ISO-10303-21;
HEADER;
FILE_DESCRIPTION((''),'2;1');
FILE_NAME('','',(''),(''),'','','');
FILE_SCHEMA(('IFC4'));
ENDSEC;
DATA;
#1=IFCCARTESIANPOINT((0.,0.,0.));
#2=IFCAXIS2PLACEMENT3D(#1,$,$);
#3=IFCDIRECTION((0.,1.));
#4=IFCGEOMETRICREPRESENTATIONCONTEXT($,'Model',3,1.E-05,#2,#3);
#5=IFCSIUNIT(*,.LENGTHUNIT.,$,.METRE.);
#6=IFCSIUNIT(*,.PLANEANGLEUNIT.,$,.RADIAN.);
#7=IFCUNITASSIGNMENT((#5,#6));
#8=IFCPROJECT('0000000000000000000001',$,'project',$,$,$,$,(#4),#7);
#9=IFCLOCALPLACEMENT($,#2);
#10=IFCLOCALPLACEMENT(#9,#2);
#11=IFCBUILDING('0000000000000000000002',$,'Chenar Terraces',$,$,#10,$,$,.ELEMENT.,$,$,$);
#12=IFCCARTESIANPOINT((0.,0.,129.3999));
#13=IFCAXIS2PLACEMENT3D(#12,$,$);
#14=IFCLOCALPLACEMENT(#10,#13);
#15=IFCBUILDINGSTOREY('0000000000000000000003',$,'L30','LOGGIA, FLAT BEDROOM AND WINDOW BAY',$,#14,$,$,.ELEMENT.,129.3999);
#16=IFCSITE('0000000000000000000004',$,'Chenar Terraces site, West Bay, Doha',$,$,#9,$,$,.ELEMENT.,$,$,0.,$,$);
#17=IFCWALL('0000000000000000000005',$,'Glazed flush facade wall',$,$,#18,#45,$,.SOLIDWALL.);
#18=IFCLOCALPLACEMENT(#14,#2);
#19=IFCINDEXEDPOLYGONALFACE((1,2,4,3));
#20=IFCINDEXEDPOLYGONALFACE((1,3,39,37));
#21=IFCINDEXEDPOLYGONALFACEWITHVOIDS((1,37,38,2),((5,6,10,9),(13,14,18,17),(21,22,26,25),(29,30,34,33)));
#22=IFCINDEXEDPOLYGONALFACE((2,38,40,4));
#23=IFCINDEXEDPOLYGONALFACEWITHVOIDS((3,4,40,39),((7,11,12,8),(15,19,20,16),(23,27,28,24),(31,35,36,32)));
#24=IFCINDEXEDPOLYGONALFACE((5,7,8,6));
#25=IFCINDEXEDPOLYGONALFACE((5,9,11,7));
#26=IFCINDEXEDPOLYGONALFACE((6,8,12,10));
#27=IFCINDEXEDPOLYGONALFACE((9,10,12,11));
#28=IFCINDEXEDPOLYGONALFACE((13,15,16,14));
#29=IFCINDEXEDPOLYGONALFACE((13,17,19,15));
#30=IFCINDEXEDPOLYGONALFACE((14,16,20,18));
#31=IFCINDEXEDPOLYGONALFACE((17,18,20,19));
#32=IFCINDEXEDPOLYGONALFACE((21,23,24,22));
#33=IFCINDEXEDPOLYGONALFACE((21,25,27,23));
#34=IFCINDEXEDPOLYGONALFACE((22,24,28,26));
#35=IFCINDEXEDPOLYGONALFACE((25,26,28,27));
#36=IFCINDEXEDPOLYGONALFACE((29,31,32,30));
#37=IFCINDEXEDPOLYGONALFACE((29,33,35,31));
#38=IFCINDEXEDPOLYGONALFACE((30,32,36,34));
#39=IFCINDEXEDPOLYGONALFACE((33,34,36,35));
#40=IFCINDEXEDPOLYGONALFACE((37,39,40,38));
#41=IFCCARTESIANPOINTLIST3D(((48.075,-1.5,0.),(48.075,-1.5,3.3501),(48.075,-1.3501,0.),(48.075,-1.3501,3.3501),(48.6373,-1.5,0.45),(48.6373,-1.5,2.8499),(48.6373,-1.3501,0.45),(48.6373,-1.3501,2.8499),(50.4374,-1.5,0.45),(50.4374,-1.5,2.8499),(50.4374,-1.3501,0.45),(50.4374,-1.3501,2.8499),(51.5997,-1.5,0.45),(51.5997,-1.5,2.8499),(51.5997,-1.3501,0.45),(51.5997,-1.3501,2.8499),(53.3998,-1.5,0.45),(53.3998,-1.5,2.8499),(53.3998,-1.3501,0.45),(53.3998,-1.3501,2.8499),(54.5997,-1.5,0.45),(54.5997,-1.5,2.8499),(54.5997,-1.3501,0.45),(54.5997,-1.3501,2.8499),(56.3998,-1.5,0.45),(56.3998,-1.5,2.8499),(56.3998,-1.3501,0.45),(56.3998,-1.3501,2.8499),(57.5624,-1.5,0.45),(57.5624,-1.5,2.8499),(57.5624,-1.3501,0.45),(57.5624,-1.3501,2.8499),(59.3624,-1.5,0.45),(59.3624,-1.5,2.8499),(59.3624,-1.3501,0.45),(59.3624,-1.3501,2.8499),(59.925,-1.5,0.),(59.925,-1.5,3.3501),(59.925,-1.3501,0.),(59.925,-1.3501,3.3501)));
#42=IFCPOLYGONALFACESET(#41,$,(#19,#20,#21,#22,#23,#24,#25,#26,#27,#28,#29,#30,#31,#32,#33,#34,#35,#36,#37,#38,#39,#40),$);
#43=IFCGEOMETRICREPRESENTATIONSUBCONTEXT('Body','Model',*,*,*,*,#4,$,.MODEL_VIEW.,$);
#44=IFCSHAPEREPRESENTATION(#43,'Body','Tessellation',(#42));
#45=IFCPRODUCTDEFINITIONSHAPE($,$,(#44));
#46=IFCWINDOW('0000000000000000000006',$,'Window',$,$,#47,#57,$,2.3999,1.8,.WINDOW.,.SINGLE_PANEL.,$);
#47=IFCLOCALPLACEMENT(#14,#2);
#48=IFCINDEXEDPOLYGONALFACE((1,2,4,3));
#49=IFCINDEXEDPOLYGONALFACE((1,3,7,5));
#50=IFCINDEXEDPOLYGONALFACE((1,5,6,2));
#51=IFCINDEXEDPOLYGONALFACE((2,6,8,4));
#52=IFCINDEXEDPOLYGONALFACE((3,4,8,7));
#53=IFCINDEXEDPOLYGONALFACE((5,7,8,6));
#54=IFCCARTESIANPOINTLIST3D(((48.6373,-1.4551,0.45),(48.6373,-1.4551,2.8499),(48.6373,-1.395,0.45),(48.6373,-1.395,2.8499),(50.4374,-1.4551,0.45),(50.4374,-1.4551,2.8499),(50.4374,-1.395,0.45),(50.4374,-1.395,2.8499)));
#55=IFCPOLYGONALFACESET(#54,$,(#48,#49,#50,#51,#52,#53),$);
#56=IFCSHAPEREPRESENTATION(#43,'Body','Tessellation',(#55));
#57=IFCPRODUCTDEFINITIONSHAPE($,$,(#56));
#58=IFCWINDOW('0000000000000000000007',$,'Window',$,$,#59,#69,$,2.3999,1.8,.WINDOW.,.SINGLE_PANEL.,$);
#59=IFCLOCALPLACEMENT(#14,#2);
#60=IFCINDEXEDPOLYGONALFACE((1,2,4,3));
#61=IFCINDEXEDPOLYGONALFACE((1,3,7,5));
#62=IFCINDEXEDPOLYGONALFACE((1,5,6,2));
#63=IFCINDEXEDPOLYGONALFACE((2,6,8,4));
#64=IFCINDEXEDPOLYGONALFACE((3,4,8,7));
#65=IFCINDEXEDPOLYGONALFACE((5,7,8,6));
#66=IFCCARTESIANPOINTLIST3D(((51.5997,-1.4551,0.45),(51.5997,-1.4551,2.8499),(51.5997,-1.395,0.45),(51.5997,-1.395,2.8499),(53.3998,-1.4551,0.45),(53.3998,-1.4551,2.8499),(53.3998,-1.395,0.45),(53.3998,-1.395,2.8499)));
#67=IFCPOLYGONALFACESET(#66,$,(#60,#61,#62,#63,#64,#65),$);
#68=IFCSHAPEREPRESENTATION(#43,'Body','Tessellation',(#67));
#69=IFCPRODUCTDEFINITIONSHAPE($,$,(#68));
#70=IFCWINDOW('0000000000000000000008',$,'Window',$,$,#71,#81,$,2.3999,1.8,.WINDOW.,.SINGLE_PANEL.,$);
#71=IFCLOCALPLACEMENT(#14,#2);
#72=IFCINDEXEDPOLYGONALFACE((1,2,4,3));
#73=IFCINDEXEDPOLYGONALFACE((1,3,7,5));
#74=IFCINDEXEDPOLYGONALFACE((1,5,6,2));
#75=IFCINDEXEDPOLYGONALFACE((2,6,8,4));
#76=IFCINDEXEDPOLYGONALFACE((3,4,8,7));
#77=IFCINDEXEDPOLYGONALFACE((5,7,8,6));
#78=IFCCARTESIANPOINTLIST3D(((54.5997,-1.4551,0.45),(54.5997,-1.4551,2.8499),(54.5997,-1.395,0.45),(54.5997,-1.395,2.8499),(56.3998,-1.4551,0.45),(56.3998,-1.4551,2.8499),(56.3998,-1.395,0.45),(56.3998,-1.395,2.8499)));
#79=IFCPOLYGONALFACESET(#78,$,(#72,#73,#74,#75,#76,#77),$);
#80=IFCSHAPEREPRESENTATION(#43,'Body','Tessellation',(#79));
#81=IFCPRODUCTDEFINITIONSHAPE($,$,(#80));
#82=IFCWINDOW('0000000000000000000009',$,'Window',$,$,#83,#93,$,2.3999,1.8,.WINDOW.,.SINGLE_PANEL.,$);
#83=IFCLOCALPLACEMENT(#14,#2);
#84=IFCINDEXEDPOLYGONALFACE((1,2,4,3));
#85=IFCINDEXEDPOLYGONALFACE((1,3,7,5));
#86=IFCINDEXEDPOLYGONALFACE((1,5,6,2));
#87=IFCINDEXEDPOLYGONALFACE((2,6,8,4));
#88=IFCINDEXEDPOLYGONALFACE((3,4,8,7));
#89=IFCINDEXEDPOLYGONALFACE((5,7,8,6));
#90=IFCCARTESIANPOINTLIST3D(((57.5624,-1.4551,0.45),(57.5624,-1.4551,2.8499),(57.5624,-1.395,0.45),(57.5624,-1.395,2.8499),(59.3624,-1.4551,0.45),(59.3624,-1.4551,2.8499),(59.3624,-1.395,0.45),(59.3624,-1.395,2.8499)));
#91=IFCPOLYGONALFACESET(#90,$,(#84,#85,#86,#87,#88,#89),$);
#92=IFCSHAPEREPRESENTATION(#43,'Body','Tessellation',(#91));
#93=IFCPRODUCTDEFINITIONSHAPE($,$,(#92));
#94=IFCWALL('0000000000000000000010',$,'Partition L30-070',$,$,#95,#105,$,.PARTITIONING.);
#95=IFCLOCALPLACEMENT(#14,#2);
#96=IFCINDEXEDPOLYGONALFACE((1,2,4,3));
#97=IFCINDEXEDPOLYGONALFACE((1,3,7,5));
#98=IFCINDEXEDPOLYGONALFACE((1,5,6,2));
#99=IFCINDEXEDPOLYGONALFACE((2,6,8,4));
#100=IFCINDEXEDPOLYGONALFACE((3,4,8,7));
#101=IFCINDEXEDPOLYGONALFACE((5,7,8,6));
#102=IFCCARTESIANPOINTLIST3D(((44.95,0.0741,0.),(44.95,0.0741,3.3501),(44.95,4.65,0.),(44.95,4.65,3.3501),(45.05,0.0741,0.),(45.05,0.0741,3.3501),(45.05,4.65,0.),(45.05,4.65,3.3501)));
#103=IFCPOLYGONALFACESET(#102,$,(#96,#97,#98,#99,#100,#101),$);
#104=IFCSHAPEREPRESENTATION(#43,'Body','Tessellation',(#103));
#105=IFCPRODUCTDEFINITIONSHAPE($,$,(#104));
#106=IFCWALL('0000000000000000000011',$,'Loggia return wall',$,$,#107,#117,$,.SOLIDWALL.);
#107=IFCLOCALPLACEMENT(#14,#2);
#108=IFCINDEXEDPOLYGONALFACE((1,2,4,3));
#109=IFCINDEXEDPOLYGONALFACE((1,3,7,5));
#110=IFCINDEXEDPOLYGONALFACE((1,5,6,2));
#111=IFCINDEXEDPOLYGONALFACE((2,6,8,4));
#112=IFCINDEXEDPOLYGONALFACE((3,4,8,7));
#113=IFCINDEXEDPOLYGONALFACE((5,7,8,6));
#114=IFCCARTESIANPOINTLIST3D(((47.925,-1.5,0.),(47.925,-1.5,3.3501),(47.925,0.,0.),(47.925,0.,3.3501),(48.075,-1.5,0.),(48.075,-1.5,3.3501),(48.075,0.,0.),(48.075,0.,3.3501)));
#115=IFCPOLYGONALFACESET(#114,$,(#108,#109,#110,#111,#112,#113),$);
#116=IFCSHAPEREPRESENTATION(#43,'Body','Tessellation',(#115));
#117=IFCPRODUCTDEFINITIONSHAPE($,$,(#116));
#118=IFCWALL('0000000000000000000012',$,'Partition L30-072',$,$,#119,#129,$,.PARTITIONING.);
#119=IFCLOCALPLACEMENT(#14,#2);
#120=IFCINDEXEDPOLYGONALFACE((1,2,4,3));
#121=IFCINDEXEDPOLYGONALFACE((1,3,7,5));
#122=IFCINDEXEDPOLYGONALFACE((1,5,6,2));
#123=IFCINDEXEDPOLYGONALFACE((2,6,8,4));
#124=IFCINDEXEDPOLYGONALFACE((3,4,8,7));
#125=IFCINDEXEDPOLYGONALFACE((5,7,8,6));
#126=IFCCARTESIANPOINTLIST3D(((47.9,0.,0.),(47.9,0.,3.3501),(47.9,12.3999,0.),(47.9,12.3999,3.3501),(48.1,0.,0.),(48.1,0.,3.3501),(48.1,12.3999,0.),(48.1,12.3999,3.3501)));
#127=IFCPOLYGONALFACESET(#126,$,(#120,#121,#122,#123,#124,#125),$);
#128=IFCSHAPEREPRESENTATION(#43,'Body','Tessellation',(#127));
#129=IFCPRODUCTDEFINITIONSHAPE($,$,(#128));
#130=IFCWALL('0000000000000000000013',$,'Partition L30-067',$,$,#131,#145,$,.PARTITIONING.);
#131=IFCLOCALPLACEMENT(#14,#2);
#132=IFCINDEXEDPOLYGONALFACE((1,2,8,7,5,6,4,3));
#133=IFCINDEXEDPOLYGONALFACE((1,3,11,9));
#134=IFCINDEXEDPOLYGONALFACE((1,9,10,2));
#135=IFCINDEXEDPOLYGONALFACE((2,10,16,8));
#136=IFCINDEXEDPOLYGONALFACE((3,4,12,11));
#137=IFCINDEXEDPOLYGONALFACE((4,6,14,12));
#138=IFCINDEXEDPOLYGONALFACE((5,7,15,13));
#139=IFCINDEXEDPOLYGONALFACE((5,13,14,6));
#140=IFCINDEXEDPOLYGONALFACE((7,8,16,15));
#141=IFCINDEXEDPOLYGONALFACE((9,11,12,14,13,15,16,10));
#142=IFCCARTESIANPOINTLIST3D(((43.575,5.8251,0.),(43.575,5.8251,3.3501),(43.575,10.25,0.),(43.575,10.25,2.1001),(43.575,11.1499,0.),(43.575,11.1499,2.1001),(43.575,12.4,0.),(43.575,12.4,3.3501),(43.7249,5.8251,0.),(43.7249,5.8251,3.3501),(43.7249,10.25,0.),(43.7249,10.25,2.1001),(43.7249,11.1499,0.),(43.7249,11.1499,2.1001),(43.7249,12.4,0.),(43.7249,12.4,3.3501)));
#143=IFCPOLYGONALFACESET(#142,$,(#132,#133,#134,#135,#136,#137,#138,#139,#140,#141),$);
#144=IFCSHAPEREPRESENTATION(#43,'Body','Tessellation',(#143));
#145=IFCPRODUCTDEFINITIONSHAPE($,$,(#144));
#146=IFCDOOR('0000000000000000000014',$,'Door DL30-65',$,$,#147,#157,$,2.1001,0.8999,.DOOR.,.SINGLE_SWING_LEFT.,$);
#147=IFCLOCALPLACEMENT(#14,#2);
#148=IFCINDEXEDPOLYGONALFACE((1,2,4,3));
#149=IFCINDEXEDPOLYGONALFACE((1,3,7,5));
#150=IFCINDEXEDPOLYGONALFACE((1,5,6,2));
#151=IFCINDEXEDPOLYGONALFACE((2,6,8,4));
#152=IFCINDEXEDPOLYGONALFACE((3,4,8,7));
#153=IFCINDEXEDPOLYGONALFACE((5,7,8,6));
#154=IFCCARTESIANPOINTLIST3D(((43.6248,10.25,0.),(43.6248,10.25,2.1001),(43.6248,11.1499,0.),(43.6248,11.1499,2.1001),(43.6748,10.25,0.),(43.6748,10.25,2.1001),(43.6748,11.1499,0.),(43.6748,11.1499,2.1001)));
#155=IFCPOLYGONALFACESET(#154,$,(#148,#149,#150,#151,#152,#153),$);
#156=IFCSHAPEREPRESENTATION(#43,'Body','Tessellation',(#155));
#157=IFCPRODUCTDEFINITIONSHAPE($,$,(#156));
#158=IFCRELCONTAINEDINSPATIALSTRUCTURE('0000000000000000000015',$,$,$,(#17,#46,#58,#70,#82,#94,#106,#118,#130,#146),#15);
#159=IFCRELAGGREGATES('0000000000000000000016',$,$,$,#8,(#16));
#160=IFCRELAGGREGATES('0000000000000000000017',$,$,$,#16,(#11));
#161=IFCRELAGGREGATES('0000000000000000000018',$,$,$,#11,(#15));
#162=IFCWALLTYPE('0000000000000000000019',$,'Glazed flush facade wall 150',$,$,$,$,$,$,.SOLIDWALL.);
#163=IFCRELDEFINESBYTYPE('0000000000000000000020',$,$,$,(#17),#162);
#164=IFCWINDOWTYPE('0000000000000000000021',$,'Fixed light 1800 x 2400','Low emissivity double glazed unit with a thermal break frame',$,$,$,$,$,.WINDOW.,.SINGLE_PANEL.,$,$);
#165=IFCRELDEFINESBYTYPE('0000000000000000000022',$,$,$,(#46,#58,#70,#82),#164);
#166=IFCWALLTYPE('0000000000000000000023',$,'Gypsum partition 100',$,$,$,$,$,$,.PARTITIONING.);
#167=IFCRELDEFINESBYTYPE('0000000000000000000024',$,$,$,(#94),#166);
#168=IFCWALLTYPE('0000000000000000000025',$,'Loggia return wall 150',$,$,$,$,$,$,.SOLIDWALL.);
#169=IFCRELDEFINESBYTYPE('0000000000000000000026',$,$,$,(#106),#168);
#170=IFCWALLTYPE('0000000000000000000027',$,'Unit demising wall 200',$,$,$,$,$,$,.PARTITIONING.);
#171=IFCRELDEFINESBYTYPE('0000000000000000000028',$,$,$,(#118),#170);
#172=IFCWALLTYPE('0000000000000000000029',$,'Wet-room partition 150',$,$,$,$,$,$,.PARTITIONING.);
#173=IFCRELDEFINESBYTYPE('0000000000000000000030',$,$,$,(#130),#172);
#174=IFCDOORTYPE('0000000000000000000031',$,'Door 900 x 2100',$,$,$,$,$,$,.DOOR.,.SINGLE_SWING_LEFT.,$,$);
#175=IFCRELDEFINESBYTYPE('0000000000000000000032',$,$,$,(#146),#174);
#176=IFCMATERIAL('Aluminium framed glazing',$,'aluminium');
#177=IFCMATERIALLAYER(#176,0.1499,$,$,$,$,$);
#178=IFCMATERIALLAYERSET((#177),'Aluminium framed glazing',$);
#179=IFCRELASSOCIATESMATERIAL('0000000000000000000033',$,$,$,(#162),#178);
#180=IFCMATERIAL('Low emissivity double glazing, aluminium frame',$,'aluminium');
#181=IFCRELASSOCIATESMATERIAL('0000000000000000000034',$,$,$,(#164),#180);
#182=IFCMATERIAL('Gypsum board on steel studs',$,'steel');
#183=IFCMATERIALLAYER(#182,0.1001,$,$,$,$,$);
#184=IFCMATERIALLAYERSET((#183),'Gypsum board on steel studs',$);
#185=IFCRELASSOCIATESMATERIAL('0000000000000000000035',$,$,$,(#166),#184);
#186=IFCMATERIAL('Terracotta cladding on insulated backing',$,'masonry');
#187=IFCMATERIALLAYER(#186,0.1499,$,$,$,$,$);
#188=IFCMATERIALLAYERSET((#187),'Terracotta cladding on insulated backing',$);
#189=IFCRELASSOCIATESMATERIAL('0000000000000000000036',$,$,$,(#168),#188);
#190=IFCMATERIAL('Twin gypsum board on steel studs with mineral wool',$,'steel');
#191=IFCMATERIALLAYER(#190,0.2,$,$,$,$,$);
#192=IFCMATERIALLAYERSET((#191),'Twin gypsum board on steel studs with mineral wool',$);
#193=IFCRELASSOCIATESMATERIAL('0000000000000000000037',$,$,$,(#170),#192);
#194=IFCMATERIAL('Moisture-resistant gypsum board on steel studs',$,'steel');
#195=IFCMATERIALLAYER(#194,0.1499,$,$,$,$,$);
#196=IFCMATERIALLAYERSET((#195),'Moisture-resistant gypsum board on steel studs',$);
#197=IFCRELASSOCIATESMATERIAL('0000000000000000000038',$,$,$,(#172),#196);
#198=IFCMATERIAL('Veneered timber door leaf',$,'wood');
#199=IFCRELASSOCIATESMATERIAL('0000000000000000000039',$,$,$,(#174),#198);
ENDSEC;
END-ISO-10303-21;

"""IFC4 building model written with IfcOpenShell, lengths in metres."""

from ifc_helpers import new_model, si_unit, direction, frame, frame_2d, origin, place, context, subcontext, project, spatial, rectangle, extrude, material, layer, layer_set, type_object, element, fill, save


model = new_model("IFC4")

# Units and contexts
model_context = context("Model", 3, precision=1e-05, world=origin(), true_north=direction((0.0, 1.0)))
body_context = subcontext(model_context, "Body", "Model", "MODEL_VIEW")
ifc_project = project(units=[si_unit("LENGTHUNIT", "METRE"), si_unit("PLANEANGLEUNIT", "RADIAN")], contexts=[model_context])

# Site, building, storey
site_placement = place(None, origin())
site = spatial("IfcSite", under=ifc_project, at=site_placement, Name="Chenar Terraces site, West Bay, Doha", CompositionType="ELEMENT", RefElevation=0.0)
building_placement = place(site_placement, origin())
building = spatial("IfcBuilding", under=site, at=building_placement, Name="Chenar Terraces", CompositionType="ELEMENT")
storey_placement = place(building_placement, frame((0.0, 0.0, 129.3999)))
storey = spatial("IfcBuildingStorey", under=building, at=storey_placement, Name="L30", Description="LOGGIA, FLAT BEDROOM AND WINDOW BAY", CompositionType="ELEMENT", Elevation=129.3999)

# Wall, openings, windows
ifc_material_1 = material(Name="Aluminium framed glazing", Category="aluminium")
ifc_layer_1 = layer(ifc_material_1, 0.1499)
ifc_layer_set_1 = layer_set([ifc_layer_1], Name="Aluminium framed glazing")
wall_type_1 = type_object("IfcWallType", Name="Glazed flush facade wall 150", PredefinedType="SOLIDWALL", material=ifc_layer_set_1)
wall_1_placement = place(storey_placement, frame((48.075, -1.425, 0.0), z_axis=(0.0, 0.0, 1.0), x_axis=(1.0, 0.0, 0.0)))
wall_1 = element("IfcWall", 1, at=wall_1_placement, inside=storey, type_object=wall_type_1, Name="Glazed flush facade wall", PredefinedType="SOLIDWALL", context=body_context, shape_type="SweptSolid", body=[
    extrude(rectangle(XDim=11.8501, YDim=0.1499, at=frame_2d((5.925, 0.0))), origin(), (0.0, 0.0, 1.0), 3.3501),
])
opening_1_placement = place(wall_1_placement, frame((0.5625, 0.0, 0.45)))
opening_1 = element("IfcOpeningElement", 2, at=opening_1_placement, cuts=wall_1, PredefinedType="OPENING", context=body_context, shape_type="SweptSolid", body=[
    extrude(rectangle(XDim=1.8, YDim=2.3999, at=frame_2d((0.8999, 1.2))), frame((0.0, 0.085, 0.0), z_axis=(0.0, -1.0, 0.0), x_axis=(1.0, 0.0, 0.0)), (0.0, 0.0, 1.0), 0.1699),
])
opening_2_placement = place(wall_1_placement, frame((3.5249, 0.0, 0.45)))
opening_2 = element("IfcOpeningElement", 3, at=opening_2_placement, cuts=wall_1, PredefinedType="OPENING", context=body_context, shape_type="SweptSolid", body=[
    extrude(rectangle(XDim=1.8, YDim=2.3999, at=frame_2d((0.8999, 1.2))), frame((0.0, 0.085, 0.0), z_axis=(0.0, -1.0, 0.0), x_axis=(1.0, 0.0, 0.0)), (0.0, 0.0, 1.0), 0.1699),
])
opening_3_placement = place(wall_1_placement, frame((6.5249, 0.0, 0.45)))
opening_3 = element("IfcOpeningElement", 4, at=opening_3_placement, cuts=wall_1, PredefinedType="OPENING", context=body_context, shape_type="SweptSolid", body=[
    extrude(rectangle(XDim=1.8, YDim=2.3999, at=frame_2d((0.8999, 1.2))), frame((0.0, 0.085, 0.0), z_axis=(0.0, -1.0, 0.0), x_axis=(1.0, 0.0, 0.0)), (0.0, 0.0, 1.0), 0.1699),
])
opening_4_placement = place(wall_1_placement, frame((9.4875, 0.0, 0.45)))
opening_4 = element("IfcOpeningElement", 5, at=opening_4_placement, cuts=wall_1, PredefinedType="OPENING", context=body_context, shape_type="SweptSolid", body=[
    extrude(rectangle(XDim=1.8, YDim=2.3999, at=frame_2d((0.8999, 1.2))), frame((0.0, 0.085, 0.0), z_axis=(0.0, -1.0, 0.0), x_axis=(1.0, 0.0, 0.0)), (0.0, 0.0, 1.0), 0.1699),
])
ifc_material_2 = material(Name="Low emissivity double glazing, aluminium frame", Category="aluminium")
window_type = type_object("IfcWindowType", Name="Fixed light 1800 x 2400", Description="Low emissivity double glazed unit with a thermal break frame", PartitioningType="SINGLE_PANEL", PredefinedType="WINDOW", material=ifc_material_2)
window_1_placement = place(opening_1_placement, origin())
window_1 = element("IfcWindow", 6, at=window_1_placement, inside=storey, type_object=window_type, Name="Window", OverallHeight=2.3999, OverallWidth=1.8, PartitioningType="SINGLE_PANEL", PredefinedType="WINDOW", context=body_context, shape_type="SweptSolid", body=[
    extrude(rectangle(XDim=1.8, YDim=2.3999, at=frame_2d((0.8999, 1.2))), frame((0.0, 0.03, 0.0), z_axis=(0.0, -1.0, 0.0), x_axis=(1.0, 0.0, 0.0)), (0.0, 0.0, 1.0), 0.0601),
])
fill(opening_1, window_1)
window_2_placement = place(opening_2_placement, origin())
window_2 = element("IfcWindow", 7, at=window_2_placement, inside=storey, type_object=window_type, Name="Window", OverallHeight=2.3999, OverallWidth=1.8, PartitioningType="SINGLE_PANEL", PredefinedType="WINDOW", context=body_context, shape_type="SweptSolid", body=[
    extrude(rectangle(XDim=1.8, YDim=2.3999, at=frame_2d((0.8999, 1.2))), frame((0.0, 0.03, 0.0), z_axis=(0.0, -1.0, 0.0), x_axis=(1.0, 0.0, 0.0)), (0.0, 0.0, 1.0), 0.0601),
])
fill(opening_2, window_2)
window_3_placement = place(opening_3_placement, origin())
window_3 = element("IfcWindow", 8, at=window_3_placement, inside=storey, type_object=window_type, Name="Window", OverallHeight=2.3999, OverallWidth=1.8, PartitioningType="SINGLE_PANEL", PredefinedType="WINDOW", context=body_context, shape_type="SweptSolid", body=[
    extrude(rectangle(XDim=1.8, YDim=2.3999, at=frame_2d((0.8999, 1.2))), frame((0.0, 0.03, 0.0), z_axis=(0.0, -1.0, 0.0), x_axis=(1.0, 0.0, 0.0)), (0.0, 0.0, 1.0), 0.0601),
])
fill(opening_3, window_3)
window_4_placement = place(opening_4_placement, origin())
window_4 = element("IfcWindow", 9, at=window_4_placement, inside=storey, type_object=window_type, Name="Window", OverallHeight=2.3999, OverallWidth=1.8, PartitioningType="SINGLE_PANEL", PredefinedType="WINDOW", context=body_context, shape_type="SweptSolid", body=[
    extrude(rectangle(XDim=1.8, YDim=2.3999, at=frame_2d((0.8999, 1.2))), frame((0.0, 0.03, 0.0), z_axis=(0.0, -1.0, 0.0), x_axis=(1.0, 0.0, 0.0)), (0.0, 0.0, 1.0), 0.0601),
])
fill(opening_4, window_4)

# Walls
ifc_material_3 = material(Name="Gypsum board on steel studs", Category="steel")
ifc_layer_2 = layer(ifc_material_3, 0.1001)
ifc_layer_set_2 = layer_set([ifc_layer_2], Name="Gypsum board on steel studs")
wall_type_2 = type_object("IfcWallType", Name="Gypsum partition 100", PredefinedType="PARTITIONING", material=ifc_layer_set_2)
wall_2_placement = place(storey_placement, frame((45.0, 0.074, 0.0), z_axis=(0.0, 0.0, 1.0), x_axis=(0.0, 1.0, 0.0)))
element("IfcWall", 10, at=wall_2_placement, inside=storey, type_object=wall_type_2, Name="Partition L30-070", PredefinedType="PARTITIONING", context=body_context, shape_type="SweptSolid", body=[
    extrude(rectangle(XDim=4.5759, YDim=0.1001, at=frame_2d((2.2881, 0.0))), origin(), (0.0, 0.0, 1.0), 3.3501),
])
ifc_material_4 = material(Name="Terracotta cladding on insulated backing", Category="masonry")
ifc_layer_3 = layer(ifc_material_4, 0.1499)
ifc_layer_set_3 = layer_set([ifc_layer_3], Name="Terracotta cladding on insulated backing")
wall_type_3 = type_object("IfcWallType", Name="Loggia return wall 150", PredefinedType="SOLIDWALL", material=ifc_layer_set_3)
wall_3_placement = place(storey_placement, frame((48.0, -1.5, 0.0), z_axis=(0.0, 0.0, 1.0), x_axis=(0.0, 1.0, 0.0)))
element("IfcWall", 11, at=wall_3_placement, inside=storey, type_object=wall_type_3, Name="Loggia return wall", PredefinedType="SOLIDWALL", context=body_context, shape_type="SweptSolid", body=[
    extrude(rectangle(XDim=1.5, YDim=0.1499, at=frame_2d((0.75, 0.0))), origin(), (0.0, 0.0, 1.0), 3.3501),
])
ifc_material_5 = material(Name="Twin gypsum board on steel studs with mineral wool", Category="steel")
ifc_layer_4 = layer(ifc_material_5, 0.2)
ifc_layer_set_4 = layer_set([ifc_layer_4], Name="Twin gypsum board on steel studs with mineral wool")
wall_type_4 = type_object("IfcWallType", Name="Unit demising wall 200", PredefinedType="PARTITIONING", material=ifc_layer_set_4)
wall_4_placement = place(storey_placement, frame((48.0, 0.0, 0.0), z_axis=(0.0, 0.0, 1.0), x_axis=(0.0, 1.0, 0.0)))
element("IfcWall", 12, at=wall_4_placement, inside=storey, type_object=wall_type_4, Name="Partition L30-072", PredefinedType="PARTITIONING", context=body_context, shape_type="SweptSolid", body=[
    extrude(rectangle(XDim=12.3999, YDim=0.2, at=frame_2d((6.2, 0.0))), origin(), (0.0, 0.0, 1.0), 3.3501),
])

# Wall, opening, door
ifc_material_6 = material(Name="Moisture-resistant gypsum board on steel studs", Category="steel")
ifc_layer_5 = layer(ifc_material_6, 0.1499)
ifc_layer_set_5 = layer_set([ifc_layer_5], Name="Moisture-resistant gypsum board on steel studs")
wall_type_5 = type_object("IfcWallType", Name="Wet-room partition 150", PredefinedType="PARTITIONING", material=ifc_layer_set_5)
wall_5_placement = place(storey_placement, frame((43.6499, 5.825, 0.0), z_axis=(0.0, 0.0, 1.0), x_axis=(0.0, 1.0, 0.0)))
wall_5 = element("IfcWall", 13, at=wall_5_placement, inside=storey, type_object=wall_type_5, Name="Partition L30-067", PredefinedType="PARTITIONING", context=body_context, shape_type="SweptSolid", body=[
    extrude(rectangle(XDim=6.575, YDim=0.1499, at=frame_2d((3.2876, 0.0))), origin(), (0.0, 0.0, 1.0), 3.3501),
])
opening_5_placement = place(wall_5_placement, frame((4.425, 0.0, 0.0)))
opening_5 = element("IfcOpeningElement", 14, at=opening_5_placement, cuts=wall_5, PredefinedType="OPENING", context=body_context, shape_type="SweptSolid", body=[
    extrude(rectangle(XDim=0.8999, YDim=2.1001, at=frame_2d((0.45, 1.05))), frame((0.0, 0.085, 0.0), z_axis=(0.0, -1.0, 0.0), x_axis=(1.0, 0.0, 0.0)), (0.0, 0.0, 1.0), 0.1699),
])
ifc_material_7 = material(Name="Veneered timber door leaf", Category="wood")
door_type_1 = type_object("IfcDoorType", Name="Door 900 x 2100", OperationType="SINGLE_SWING_LEFT", PredefinedType="DOOR", material=ifc_material_7)
door_1_placement = place(opening_5_placement, frame((0.8999, 0.0, 0.0), z_axis=(0.0, 0.0, 1.0), x_axis=(-1.0, 0.0, 0.0)))
door_1 = element("IfcDoor", 15, at=door_1_placement, inside=storey, type_object=door_type_1, Name="Door DL30-65", OperationType="SINGLE_SWING_LEFT", OverallHeight=2.1001, OverallWidth=0.8999, PredefinedType="DOOR", context=body_context, shape_type="SweptSolid", body=[
    extrude(rectangle(XDim=0.8999, YDim=2.1001, at=frame_2d((0.45, 1.05))), frame((0.0, 0.0249, 0.0), z_axis=(0.0, -1.0, 0.0), x_axis=(1.0, 0.0, 0.0)), (0.0, 0.0, 1.0), 0.05),
])
fill(opening_5, door_1)

save(model, "model.ifc")
